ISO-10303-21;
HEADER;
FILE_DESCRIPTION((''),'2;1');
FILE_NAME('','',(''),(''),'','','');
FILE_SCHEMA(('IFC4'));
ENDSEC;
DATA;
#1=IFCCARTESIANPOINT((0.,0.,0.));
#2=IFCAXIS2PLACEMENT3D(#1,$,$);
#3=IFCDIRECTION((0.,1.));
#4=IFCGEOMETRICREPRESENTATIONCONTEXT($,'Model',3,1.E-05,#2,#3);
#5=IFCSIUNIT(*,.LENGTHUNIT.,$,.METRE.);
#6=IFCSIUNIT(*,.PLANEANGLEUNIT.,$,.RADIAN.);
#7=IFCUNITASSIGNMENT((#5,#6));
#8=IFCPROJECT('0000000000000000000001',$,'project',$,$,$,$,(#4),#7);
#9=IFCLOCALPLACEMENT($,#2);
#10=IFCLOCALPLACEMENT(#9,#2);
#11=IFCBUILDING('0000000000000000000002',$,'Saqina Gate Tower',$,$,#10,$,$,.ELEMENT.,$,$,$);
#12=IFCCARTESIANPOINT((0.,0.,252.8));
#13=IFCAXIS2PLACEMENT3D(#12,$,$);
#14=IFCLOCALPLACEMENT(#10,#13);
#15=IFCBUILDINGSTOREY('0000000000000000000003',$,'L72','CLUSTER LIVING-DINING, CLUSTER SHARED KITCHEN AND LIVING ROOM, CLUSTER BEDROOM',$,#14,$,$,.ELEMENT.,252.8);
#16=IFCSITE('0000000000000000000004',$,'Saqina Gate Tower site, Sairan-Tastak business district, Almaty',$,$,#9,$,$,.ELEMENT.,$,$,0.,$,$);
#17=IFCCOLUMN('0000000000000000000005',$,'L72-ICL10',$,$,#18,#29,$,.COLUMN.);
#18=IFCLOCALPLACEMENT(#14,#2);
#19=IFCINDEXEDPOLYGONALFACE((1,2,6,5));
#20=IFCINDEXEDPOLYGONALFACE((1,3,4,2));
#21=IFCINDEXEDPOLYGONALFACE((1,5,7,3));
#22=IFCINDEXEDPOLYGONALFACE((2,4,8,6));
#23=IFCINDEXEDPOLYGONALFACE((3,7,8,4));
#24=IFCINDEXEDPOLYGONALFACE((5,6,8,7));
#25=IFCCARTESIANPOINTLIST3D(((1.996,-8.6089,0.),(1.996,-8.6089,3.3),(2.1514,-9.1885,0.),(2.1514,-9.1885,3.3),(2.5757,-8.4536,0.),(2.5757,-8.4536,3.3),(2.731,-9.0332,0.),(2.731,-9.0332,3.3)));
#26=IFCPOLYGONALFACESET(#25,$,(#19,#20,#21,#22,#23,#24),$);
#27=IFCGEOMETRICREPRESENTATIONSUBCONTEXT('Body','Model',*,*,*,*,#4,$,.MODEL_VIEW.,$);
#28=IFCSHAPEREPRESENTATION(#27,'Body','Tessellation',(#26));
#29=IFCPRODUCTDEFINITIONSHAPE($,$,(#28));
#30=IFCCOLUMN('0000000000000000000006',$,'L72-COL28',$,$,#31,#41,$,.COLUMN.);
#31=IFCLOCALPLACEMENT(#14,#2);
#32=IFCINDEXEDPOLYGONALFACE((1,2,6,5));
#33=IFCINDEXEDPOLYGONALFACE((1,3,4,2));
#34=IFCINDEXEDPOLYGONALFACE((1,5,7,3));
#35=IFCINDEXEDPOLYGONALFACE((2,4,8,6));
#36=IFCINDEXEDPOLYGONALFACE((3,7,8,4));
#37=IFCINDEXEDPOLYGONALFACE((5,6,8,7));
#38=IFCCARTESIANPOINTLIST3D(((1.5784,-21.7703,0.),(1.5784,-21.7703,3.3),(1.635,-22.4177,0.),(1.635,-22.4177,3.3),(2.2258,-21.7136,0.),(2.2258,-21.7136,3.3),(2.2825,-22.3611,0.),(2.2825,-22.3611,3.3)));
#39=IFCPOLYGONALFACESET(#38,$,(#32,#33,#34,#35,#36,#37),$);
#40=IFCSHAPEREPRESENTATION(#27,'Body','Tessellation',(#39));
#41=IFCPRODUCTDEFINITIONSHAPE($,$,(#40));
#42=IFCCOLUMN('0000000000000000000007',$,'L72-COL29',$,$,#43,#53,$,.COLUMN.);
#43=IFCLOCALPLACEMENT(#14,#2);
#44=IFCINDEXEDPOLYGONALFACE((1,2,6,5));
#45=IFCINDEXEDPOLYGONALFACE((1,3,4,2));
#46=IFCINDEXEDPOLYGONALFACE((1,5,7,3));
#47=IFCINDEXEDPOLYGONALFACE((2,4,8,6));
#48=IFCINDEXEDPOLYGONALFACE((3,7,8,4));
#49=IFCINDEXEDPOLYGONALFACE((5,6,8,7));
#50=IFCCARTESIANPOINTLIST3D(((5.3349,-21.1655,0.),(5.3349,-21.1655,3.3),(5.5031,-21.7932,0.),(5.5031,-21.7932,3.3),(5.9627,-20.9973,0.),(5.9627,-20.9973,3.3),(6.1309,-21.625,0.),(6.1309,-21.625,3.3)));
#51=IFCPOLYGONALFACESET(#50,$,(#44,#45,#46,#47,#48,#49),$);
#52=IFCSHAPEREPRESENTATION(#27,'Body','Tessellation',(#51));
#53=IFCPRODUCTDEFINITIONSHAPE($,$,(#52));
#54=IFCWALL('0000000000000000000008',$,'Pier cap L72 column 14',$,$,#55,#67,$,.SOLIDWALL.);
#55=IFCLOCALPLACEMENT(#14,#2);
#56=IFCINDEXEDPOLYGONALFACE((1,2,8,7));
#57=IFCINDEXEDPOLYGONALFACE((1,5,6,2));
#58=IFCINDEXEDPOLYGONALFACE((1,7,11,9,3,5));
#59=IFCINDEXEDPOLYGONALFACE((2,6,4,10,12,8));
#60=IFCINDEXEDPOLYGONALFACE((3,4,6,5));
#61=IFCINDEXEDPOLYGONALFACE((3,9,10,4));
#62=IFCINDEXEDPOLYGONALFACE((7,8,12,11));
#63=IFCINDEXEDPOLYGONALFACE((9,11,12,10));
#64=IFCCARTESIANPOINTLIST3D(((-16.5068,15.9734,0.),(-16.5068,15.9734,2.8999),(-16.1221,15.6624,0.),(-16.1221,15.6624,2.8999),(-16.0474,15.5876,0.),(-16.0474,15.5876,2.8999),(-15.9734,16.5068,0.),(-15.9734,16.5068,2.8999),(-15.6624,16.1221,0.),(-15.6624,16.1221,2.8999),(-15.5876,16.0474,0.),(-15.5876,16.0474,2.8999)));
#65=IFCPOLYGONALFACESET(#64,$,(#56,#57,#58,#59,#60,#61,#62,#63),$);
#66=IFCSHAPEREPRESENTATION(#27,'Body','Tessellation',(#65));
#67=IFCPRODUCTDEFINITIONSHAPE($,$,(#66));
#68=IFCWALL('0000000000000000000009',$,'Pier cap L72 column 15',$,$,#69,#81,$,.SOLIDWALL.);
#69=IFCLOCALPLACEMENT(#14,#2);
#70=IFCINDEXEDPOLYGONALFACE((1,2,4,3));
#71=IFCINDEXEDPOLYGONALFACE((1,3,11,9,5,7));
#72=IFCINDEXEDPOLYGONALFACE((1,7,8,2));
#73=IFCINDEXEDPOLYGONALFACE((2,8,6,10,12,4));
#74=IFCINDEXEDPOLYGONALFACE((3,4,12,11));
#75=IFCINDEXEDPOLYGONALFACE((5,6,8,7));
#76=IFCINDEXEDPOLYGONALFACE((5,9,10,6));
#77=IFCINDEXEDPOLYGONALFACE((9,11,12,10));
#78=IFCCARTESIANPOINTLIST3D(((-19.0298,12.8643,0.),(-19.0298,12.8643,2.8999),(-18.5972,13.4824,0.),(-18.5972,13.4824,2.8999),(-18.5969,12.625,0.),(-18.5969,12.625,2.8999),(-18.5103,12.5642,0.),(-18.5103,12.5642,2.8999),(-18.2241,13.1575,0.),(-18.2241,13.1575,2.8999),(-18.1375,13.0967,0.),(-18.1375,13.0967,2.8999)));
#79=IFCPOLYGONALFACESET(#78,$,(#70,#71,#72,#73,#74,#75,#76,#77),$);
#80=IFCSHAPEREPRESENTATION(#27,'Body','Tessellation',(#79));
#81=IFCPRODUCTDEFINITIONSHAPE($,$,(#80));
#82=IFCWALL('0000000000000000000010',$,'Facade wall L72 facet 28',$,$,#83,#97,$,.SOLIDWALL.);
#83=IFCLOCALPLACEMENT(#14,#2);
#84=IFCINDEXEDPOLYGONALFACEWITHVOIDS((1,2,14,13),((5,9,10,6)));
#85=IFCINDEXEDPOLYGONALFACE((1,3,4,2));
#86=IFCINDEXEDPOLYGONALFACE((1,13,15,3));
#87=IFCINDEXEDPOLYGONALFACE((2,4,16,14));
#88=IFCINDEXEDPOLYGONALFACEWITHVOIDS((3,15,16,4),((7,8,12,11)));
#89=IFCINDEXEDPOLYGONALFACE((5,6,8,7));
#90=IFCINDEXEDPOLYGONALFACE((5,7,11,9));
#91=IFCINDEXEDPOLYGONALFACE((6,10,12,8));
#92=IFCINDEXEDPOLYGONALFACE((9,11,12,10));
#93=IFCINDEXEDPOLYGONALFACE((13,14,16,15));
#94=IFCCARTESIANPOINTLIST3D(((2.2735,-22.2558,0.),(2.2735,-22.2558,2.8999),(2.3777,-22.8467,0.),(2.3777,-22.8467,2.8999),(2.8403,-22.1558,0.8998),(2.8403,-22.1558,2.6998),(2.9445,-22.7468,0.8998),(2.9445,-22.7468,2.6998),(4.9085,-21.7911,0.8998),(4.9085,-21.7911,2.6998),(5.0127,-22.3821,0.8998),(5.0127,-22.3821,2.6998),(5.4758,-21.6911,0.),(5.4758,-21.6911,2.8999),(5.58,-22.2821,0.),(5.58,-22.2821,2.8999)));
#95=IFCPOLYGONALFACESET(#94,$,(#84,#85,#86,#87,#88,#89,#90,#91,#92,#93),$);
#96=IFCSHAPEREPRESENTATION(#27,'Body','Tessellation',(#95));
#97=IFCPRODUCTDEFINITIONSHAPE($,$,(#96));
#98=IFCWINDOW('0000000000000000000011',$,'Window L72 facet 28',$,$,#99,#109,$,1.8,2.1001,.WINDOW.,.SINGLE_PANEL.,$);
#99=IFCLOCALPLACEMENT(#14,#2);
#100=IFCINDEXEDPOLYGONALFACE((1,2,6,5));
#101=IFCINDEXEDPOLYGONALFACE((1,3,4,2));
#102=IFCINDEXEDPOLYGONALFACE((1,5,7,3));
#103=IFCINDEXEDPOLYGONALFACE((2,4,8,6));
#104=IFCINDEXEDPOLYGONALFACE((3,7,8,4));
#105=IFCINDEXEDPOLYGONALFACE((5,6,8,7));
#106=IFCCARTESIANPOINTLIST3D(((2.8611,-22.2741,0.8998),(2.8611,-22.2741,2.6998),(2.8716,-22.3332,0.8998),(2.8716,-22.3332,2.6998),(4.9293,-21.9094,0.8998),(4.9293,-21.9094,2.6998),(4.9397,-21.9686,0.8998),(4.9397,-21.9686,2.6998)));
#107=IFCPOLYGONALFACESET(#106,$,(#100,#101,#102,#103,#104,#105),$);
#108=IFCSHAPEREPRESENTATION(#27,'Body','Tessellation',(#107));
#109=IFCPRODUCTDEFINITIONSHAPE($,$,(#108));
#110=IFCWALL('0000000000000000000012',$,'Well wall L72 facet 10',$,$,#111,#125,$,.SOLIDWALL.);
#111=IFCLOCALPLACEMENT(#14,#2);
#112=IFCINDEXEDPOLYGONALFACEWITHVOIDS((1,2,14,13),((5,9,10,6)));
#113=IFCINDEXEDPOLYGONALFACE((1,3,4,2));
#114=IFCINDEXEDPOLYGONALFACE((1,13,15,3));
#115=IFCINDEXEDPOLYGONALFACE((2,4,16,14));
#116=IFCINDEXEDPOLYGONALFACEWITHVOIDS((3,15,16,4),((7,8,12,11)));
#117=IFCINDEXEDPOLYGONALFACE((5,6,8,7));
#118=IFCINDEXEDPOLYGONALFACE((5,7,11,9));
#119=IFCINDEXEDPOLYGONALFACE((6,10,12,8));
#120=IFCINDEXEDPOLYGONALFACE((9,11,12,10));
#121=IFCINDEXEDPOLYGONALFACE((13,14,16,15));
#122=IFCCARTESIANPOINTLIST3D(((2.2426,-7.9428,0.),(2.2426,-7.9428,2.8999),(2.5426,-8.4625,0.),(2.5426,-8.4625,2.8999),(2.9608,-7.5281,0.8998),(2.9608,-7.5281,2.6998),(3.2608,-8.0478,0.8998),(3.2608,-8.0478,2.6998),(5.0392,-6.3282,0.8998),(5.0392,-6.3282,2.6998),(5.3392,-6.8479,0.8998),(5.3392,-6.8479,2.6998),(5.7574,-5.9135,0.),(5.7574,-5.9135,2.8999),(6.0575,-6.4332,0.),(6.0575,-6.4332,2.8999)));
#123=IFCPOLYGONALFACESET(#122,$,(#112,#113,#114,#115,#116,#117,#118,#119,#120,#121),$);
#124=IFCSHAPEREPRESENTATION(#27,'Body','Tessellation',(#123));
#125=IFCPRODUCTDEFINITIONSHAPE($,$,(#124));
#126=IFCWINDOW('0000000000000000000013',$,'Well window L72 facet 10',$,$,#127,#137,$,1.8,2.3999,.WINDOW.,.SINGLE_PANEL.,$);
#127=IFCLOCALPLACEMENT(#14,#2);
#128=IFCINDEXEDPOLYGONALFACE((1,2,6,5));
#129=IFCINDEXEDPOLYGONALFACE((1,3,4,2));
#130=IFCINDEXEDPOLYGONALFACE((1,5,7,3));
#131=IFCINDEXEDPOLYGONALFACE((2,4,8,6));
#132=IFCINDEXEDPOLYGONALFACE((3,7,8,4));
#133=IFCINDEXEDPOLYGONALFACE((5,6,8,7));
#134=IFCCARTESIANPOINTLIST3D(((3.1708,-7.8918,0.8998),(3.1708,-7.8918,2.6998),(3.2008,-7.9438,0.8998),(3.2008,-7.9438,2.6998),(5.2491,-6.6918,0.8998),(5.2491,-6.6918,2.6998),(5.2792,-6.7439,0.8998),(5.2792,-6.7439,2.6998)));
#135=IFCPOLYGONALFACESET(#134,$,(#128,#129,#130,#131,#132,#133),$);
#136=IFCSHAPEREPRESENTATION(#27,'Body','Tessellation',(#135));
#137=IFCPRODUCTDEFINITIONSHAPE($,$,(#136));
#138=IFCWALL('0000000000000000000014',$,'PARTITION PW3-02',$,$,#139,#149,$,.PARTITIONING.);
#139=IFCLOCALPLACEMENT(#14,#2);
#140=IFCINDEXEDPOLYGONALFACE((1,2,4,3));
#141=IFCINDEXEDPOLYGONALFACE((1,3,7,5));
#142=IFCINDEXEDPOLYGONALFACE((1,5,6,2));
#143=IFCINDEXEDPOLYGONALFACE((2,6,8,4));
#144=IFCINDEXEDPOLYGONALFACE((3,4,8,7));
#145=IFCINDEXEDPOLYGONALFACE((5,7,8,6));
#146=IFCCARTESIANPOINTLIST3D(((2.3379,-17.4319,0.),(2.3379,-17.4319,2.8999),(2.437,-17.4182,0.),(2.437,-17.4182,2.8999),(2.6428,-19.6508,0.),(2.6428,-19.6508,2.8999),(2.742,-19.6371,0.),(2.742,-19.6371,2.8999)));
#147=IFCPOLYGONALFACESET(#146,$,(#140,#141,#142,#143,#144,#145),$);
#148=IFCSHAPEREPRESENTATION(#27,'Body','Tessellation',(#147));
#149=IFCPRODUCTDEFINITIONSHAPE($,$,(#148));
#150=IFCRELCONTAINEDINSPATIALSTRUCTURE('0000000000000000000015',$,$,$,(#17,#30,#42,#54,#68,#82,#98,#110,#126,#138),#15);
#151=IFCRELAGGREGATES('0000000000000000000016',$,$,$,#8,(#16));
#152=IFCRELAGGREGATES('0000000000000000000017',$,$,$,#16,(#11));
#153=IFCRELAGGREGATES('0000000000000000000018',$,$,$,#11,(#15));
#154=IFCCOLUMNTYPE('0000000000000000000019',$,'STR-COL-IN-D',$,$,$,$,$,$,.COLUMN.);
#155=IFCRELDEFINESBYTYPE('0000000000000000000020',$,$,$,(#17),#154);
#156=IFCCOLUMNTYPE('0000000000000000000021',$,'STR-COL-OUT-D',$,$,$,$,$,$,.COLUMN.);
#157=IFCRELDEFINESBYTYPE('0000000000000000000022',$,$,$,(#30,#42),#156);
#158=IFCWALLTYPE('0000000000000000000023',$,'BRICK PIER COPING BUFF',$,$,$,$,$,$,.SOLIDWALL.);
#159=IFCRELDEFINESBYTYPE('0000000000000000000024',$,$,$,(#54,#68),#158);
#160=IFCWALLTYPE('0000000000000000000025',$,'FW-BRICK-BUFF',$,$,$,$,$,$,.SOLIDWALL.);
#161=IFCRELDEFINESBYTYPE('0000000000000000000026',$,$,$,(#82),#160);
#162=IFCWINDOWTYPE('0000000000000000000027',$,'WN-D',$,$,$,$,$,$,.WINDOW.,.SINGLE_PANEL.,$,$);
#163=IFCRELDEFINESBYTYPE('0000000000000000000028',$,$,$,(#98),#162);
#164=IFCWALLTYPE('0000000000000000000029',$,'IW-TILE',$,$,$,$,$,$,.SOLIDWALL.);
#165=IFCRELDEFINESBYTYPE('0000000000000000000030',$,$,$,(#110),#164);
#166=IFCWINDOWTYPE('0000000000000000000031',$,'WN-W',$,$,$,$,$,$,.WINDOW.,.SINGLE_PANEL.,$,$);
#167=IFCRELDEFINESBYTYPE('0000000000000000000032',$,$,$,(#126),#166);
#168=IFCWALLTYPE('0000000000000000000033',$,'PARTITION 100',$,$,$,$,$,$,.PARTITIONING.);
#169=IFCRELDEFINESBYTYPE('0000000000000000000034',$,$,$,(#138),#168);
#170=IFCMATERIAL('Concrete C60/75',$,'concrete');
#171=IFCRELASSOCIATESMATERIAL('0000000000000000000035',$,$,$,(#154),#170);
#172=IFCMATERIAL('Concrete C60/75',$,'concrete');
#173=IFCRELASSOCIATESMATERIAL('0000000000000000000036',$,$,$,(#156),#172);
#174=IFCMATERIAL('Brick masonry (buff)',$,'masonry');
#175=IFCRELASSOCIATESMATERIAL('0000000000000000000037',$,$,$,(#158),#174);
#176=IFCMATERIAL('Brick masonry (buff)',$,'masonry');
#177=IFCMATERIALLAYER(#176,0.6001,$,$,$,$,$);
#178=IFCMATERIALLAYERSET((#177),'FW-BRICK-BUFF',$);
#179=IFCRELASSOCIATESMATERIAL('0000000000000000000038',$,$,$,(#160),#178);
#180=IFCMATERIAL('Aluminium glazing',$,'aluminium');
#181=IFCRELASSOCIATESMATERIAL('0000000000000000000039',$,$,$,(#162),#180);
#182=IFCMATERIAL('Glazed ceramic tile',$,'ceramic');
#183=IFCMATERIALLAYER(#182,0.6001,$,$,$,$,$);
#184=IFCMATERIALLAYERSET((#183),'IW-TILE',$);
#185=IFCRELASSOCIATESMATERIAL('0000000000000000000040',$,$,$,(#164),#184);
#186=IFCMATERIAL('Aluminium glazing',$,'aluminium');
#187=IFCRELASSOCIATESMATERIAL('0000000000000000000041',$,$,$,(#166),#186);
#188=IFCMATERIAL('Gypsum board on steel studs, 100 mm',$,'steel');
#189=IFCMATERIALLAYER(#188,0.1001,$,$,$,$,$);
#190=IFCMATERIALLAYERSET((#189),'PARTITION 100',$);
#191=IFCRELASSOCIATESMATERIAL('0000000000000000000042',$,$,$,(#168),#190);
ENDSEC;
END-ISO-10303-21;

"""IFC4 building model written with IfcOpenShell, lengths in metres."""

from ifc_helpers import new_model, si_unit, direction, frame, frame_2d, origin, origin_2d, place, context, subcontext, project, spatial, polyline, rectangle, outline, extrude, material, layer, layer_set, material_profile, profile_set, type_object, element, fill, save


model = new_model("IFC4")

# Units and contexts
model_context = context("Model", 3, precision=1e-05, world=origin(), true_north=direction((0.0, 1.0)))
body_context = subcontext(model_context, "Body", "Model", "MODEL_VIEW")
ifc_project = project(units=[si_unit("LENGTHUNIT", "METRE"), si_unit("PLANEANGLEUNIT", "RADIAN")], contexts=[model_context])

# Site, building, storey
site_placement = place(None, origin())
site = spatial("IfcSite", under=ifc_project, at=site_placement, Name="Saqina Gate Tower site, Sairan-Tastak business district, Almaty", CompositionType="ELEMENT", RefElevation=0.0)
building_placement = place(site_placement, origin())
building = spatial("IfcBuilding", under=site, at=building_placement, Name="Saqina Gate Tower", CompositionType="ELEMENT")
storey_placement = place(building_placement, frame((0.0, 0.0, 252.8)))
storey = spatial("IfcBuildingStorey", under=building, at=storey_placement, Name="L72", Description="CLUSTER LIVING-DINING, CLUSTER SHARED KITCHEN AND LIVING ROOM, CLUSTER BEDROOM", CompositionType="ELEMENT", Elevation=252.8)

# Columns
ifc_material_1 = material(Name="Concrete C60/75", Category="concrete")
ifc_material_profile_1 = material_profile(ifc_material_1, rectangle(XDim=0.6001, YDim=0.6001, at=origin_2d()), Name="RC 600x600")
ifc_profile_set_1 = profile_set([ifc_material_profile_1], Name="Concrete C60/75")
column_type_1 = type_object("IfcColumnType", Name="STR-COL-IN-D", PredefinedType="COLUMN", material=ifc_profile_set_1)
column_placement = place(storey_placement, frame((2.3635, -8.821, 0.0), z_axis=(0.0, 0.0, 1.0), x_axis=(0.258819, -0.965926, 0.0)))
element("IfcColumn", 1, at=column_placement, inside=storey, type_object=column_type_1, Name="L72-ICL10", PredefinedType="COLUMN", context=body_context, shape_type="SweptSolid", body=[
    extrude(rectangle(XDim=0.6001, YDim=0.6001, at=origin_2d()), origin(), (0.0, 0.0, 1.0), 3.3),
])
ifc_material_2 = material(Name="Concrete C60/75", Category="concrete")
ifc_material_profile_2 = material_profile(ifc_material_2, rectangle(XDim=0.6499, YDim=0.6499, at=origin_2d()), Name="RC 650x650")
ifc_profile_set_2 = profile_set([ifc_material_profile_2], Name="Concrete C60/75")
column_type_2 = type_object("IfcColumnType", Name="STR-COL-OUT-D", PredefinedType="COLUMN", material=ifc_profile_set_2)
for number, where, z_axis, x_axis, name in (
    (2, (1.9304, -22.0657, 0.0), (0.0, 0.0, 1.0), (0.087156, -0.996195, 0.0), "L72-COL28"),
    (3, (5.7329, -21.3953, 0.0), (0.0, 0.0, 1.0), (0.258819, -0.965926, 0.0), "L72-COL29"),
):
    element("IfcColumn", number, at=place(storey_placement, frame(where, z_axis=z_axis, x_axis=x_axis)), inside=storey, type_object=column_type_2, Name=name, PredefinedType="COLUMN", context=body_context, shape_type="SweptSolid", body=[
        extrude(rectangle(XDim=0.6499, YDim=0.6499, at=origin_2d()), origin(), (0.0, 0.0, 1.0), 3.3),
    ])

# Walls
ifc_material_3 = material(Name="Brick masonry (buff)", Category="masonry")
wall_type_1 = type_object("IfcWallType", Name="BRICK PIER COPING BUFF", PredefinedType="SOLIDWALL", material=ifc_material_3)
wall_1_placement = place(storey_placement, origin())
element("IfcWall", 4, at=wall_1_placement, inside=storey, type_object=wall_type_1, Name="Pier cap L72 column 14", PredefinedType="SOLIDWALL", context=body_context, shape_type="SweptSolid", body=[
    extrude(outline(polyline([(-16.5068, 15.9734), (-16.0474, 15.5876), (-16.1221, 15.6624), (-15.6624, 16.1221), (-15.5876, 16.0474), (-15.9734, 16.5068), (-16.5068, 15.9734)])), origin(), (0.0, 0.0, 1.0), 2.8999),
])
wall_2_placement = place(storey_placement, origin())
element("IfcWall", 5, at=wall_2_placement, inside=storey, type_object=wall_type_1, Name="Pier cap L72 column 15", PredefinedType="SOLIDWALL", context=body_context, shape_type="SweptSolid", body=[
    extrude(outline(polyline([(-19.0298, 12.8643), (-18.5103, 12.5642), (-18.5969, 12.625), (-18.2241, 13.1575), (-18.1375, 13.0967), (-18.5972, 13.4824), (-19.0298, 12.8643)])), origin(), (0.0, 0.0, 1.0), 2.8999),
])

# Walls, openings, windows
ifc_material_4 = material(Name="Brick masonry (buff)", Category="masonry")
ifc_layer_1 = layer(ifc_material_4, 0.6001)
ifc_layer_set_1 = layer_set([ifc_layer_1], Name="FW-BRICK-BUFF")
wall_type_2 = type_object("IfcWallType", Name="FW-BRICK-BUFF", PredefinedType="SOLIDWALL", material=ifc_layer_set_1)
wall_3_placement = place(storey_placement, frame((2.3254, -22.5513, 0.0), z_axis=(0.0, 0.0, 1.0), x_axis=(0.984806, 0.173657, 0.0)))
wall_3 = element("IfcWall", 6, at=wall_3_placement, inside=storey, type_object=wall_type_2, Name="Facade wall L72 facet 28", PredefinedType="SOLIDWALL", context=body_context, shape_type="SweptSolid", body=[
    extrude(rectangle(XDim=3.2517, YDim=0.6001, at=frame_2d((1.626, 0.0))), origin(), (0.0, 0.0, 1.0), 2.8999),
])
opening_1_placement = place(wall_3_placement, frame((0.5757, 0.0, 0.8999)))
opening_1 = element("IfcOpeningElement", 7, at=opening_1_placement, cuts=wall_3, PredefinedType="OPENING", context=body_context, shape_type="SweptSolid", body=[
    extrude(rectangle(XDim=2.1001, YDim=1.8, at=frame_2d((1.05, 0.8999))), frame((0.0, 0.312, 0.0), z_axis=(0.0, -1.0, 0.0), x_axis=(1.0, 0.0, 0.0)), (0.0, 0.0, 1.0), 0.624),
])
ifc_material_5 = material(Name="Aluminium glazing", Category="aluminium")
window_type_1 = type_object("IfcWindowType", Name="WN-D", PartitioningType="SINGLE_PANEL", PredefinedType="WINDOW", material=ifc_material_5)
window_1_placement = place(opening_1_placement, origin())
window_1 = element("IfcWindow", 8, at=window_1_placement, inside=storey, type_object=window_type_1, Name="Window L72 facet 28", OverallHeight=1.8, OverallWidth=2.1001, PartitioningType="SINGLE_PANEL", PredefinedType="WINDOW", context=body_context, shape_type="SweptSolid", body=[
    extrude(rectangle(XDim=2.1001, YDim=1.8, at=frame_2d((1.05, 0.8999))), frame((0.0, 0.1799, 0.0), z_axis=(0.0, -1.0, 0.0), x_axis=(1.0, 0.0, 0.0)), (0.0, 0.0, 1.0), 0.0601),
])
fill(opening_1, window_1)
ifc_material_6 = material(Name="Glazed ceramic tile", Category="ceramic")
ifc_layer_2 = layer(ifc_material_6, 0.6001)
ifc_layer_set_2 = layer_set([ifc_layer_2], Name="IW-TILE")
wall_type_3 = type_object("IfcWallType", Name="IW-TILE", PredefinedType="SOLIDWALL", material=ifc_layer_set_2)
wall_4_placement = place(storey_placement, frame((2.3926, -8.2026, 0.0), z_axis=(0.0, 0.0, 1.0), x_axis=(0.866028, 0.499995, 0.0)))
wall_4 = element("IfcWall", 9, at=wall_4_placement, inside=storey, type_object=wall_type_3, Name="Well wall L72 facet 10", PredefinedType="SOLIDWALL", context=body_context, shape_type="SweptSolid", body=[
    extrude(rectangle(XDim=4.0586, YDim=0.6001, at=frame_2d((2.0293, 0.0))), origin(), (0.0, 0.0, 1.0), 2.8999),
])
opening_2_placement = place(wall_4_placement, frame((0.8293, 0.0, 0.8999)))
opening_2 = element("IfcOpeningElement", 10, at=opening_2_placement, cuts=wall_4, PredefinedType="OPENING", context=body_context, shape_type="SweptSolid", body=[
    extrude(rectangle(XDim=2.3999, YDim=1.8, at=frame_2d((1.2, 0.8999))), frame((0.0, 0.312, 0.0), z_axis=(0.0, -1.0, 0.0), x_axis=(1.0, 0.0, 0.0)), (0.0, 0.0, 1.0), 0.624),
])
ifc_material_7 = material(Name="Aluminium glazing", Category="aluminium")
window_type_2 = type_object("IfcWindowType", Name="WN-W", PartitioningType="SINGLE_PANEL", PredefinedType="WINDOW", material=ifc_material_7)
window_2_placement = place(opening_2_placement, origin())
window_2 = element("IfcWindow", 11, at=window_2_placement, inside=storey, type_object=window_type_2, Name="Well window L72 facet 10", OverallHeight=1.8, OverallWidth=2.3999, PartitioningType="SINGLE_PANEL", PredefinedType="WINDOW", context=body_context, shape_type="SweptSolid", body=[
    extrude(rectangle(XDim=2.3999, YDim=1.8, at=frame_2d((1.2, 0.8999))), frame((0.0, -0.1199, 0.0), z_axis=(0.0, -1.0, 0.0), x_axis=(1.0, 0.0, 0.0)), (0.0, 0.0, 1.0), 0.0601),
])
fill(opening_2, window_2)

# Wall
ifc_material_8 = material(Name="Gypsum board on steel studs, 100 mm", Category="steel")
ifc_layer_3 = layer(ifc_material_8, 0.1001)
ifc_layer_set_3 = layer_set([ifc_layer_3], Name="PARTITION 100")
wall_type_4 = type_object("IfcWallType", Name="PARTITION 100", PredefinedType="PARTITIONING", material=ifc_layer_set_3)
wall_5_placement = place(storey_placement, frame((2.3875, -17.425, 0.0), z_axis=(0.0, 0.0, 1.0), x_axis=(0.136139, -0.99069, 0.0)))
element("IfcWall", 12, at=wall_5_placement, inside=storey, type_object=wall_type_4, Name="PARTITION PW3-02", PredefinedType="PARTITIONING", context=body_context, shape_type="SweptSolid", body=[
    extrude(rectangle(XDim=2.2397, YDim=0.1001, at=frame_2d((1.1199, 0.0))), origin(), (0.0, 0.0, 1.0), 2.8999),
])

save(model, "model.ifc")
